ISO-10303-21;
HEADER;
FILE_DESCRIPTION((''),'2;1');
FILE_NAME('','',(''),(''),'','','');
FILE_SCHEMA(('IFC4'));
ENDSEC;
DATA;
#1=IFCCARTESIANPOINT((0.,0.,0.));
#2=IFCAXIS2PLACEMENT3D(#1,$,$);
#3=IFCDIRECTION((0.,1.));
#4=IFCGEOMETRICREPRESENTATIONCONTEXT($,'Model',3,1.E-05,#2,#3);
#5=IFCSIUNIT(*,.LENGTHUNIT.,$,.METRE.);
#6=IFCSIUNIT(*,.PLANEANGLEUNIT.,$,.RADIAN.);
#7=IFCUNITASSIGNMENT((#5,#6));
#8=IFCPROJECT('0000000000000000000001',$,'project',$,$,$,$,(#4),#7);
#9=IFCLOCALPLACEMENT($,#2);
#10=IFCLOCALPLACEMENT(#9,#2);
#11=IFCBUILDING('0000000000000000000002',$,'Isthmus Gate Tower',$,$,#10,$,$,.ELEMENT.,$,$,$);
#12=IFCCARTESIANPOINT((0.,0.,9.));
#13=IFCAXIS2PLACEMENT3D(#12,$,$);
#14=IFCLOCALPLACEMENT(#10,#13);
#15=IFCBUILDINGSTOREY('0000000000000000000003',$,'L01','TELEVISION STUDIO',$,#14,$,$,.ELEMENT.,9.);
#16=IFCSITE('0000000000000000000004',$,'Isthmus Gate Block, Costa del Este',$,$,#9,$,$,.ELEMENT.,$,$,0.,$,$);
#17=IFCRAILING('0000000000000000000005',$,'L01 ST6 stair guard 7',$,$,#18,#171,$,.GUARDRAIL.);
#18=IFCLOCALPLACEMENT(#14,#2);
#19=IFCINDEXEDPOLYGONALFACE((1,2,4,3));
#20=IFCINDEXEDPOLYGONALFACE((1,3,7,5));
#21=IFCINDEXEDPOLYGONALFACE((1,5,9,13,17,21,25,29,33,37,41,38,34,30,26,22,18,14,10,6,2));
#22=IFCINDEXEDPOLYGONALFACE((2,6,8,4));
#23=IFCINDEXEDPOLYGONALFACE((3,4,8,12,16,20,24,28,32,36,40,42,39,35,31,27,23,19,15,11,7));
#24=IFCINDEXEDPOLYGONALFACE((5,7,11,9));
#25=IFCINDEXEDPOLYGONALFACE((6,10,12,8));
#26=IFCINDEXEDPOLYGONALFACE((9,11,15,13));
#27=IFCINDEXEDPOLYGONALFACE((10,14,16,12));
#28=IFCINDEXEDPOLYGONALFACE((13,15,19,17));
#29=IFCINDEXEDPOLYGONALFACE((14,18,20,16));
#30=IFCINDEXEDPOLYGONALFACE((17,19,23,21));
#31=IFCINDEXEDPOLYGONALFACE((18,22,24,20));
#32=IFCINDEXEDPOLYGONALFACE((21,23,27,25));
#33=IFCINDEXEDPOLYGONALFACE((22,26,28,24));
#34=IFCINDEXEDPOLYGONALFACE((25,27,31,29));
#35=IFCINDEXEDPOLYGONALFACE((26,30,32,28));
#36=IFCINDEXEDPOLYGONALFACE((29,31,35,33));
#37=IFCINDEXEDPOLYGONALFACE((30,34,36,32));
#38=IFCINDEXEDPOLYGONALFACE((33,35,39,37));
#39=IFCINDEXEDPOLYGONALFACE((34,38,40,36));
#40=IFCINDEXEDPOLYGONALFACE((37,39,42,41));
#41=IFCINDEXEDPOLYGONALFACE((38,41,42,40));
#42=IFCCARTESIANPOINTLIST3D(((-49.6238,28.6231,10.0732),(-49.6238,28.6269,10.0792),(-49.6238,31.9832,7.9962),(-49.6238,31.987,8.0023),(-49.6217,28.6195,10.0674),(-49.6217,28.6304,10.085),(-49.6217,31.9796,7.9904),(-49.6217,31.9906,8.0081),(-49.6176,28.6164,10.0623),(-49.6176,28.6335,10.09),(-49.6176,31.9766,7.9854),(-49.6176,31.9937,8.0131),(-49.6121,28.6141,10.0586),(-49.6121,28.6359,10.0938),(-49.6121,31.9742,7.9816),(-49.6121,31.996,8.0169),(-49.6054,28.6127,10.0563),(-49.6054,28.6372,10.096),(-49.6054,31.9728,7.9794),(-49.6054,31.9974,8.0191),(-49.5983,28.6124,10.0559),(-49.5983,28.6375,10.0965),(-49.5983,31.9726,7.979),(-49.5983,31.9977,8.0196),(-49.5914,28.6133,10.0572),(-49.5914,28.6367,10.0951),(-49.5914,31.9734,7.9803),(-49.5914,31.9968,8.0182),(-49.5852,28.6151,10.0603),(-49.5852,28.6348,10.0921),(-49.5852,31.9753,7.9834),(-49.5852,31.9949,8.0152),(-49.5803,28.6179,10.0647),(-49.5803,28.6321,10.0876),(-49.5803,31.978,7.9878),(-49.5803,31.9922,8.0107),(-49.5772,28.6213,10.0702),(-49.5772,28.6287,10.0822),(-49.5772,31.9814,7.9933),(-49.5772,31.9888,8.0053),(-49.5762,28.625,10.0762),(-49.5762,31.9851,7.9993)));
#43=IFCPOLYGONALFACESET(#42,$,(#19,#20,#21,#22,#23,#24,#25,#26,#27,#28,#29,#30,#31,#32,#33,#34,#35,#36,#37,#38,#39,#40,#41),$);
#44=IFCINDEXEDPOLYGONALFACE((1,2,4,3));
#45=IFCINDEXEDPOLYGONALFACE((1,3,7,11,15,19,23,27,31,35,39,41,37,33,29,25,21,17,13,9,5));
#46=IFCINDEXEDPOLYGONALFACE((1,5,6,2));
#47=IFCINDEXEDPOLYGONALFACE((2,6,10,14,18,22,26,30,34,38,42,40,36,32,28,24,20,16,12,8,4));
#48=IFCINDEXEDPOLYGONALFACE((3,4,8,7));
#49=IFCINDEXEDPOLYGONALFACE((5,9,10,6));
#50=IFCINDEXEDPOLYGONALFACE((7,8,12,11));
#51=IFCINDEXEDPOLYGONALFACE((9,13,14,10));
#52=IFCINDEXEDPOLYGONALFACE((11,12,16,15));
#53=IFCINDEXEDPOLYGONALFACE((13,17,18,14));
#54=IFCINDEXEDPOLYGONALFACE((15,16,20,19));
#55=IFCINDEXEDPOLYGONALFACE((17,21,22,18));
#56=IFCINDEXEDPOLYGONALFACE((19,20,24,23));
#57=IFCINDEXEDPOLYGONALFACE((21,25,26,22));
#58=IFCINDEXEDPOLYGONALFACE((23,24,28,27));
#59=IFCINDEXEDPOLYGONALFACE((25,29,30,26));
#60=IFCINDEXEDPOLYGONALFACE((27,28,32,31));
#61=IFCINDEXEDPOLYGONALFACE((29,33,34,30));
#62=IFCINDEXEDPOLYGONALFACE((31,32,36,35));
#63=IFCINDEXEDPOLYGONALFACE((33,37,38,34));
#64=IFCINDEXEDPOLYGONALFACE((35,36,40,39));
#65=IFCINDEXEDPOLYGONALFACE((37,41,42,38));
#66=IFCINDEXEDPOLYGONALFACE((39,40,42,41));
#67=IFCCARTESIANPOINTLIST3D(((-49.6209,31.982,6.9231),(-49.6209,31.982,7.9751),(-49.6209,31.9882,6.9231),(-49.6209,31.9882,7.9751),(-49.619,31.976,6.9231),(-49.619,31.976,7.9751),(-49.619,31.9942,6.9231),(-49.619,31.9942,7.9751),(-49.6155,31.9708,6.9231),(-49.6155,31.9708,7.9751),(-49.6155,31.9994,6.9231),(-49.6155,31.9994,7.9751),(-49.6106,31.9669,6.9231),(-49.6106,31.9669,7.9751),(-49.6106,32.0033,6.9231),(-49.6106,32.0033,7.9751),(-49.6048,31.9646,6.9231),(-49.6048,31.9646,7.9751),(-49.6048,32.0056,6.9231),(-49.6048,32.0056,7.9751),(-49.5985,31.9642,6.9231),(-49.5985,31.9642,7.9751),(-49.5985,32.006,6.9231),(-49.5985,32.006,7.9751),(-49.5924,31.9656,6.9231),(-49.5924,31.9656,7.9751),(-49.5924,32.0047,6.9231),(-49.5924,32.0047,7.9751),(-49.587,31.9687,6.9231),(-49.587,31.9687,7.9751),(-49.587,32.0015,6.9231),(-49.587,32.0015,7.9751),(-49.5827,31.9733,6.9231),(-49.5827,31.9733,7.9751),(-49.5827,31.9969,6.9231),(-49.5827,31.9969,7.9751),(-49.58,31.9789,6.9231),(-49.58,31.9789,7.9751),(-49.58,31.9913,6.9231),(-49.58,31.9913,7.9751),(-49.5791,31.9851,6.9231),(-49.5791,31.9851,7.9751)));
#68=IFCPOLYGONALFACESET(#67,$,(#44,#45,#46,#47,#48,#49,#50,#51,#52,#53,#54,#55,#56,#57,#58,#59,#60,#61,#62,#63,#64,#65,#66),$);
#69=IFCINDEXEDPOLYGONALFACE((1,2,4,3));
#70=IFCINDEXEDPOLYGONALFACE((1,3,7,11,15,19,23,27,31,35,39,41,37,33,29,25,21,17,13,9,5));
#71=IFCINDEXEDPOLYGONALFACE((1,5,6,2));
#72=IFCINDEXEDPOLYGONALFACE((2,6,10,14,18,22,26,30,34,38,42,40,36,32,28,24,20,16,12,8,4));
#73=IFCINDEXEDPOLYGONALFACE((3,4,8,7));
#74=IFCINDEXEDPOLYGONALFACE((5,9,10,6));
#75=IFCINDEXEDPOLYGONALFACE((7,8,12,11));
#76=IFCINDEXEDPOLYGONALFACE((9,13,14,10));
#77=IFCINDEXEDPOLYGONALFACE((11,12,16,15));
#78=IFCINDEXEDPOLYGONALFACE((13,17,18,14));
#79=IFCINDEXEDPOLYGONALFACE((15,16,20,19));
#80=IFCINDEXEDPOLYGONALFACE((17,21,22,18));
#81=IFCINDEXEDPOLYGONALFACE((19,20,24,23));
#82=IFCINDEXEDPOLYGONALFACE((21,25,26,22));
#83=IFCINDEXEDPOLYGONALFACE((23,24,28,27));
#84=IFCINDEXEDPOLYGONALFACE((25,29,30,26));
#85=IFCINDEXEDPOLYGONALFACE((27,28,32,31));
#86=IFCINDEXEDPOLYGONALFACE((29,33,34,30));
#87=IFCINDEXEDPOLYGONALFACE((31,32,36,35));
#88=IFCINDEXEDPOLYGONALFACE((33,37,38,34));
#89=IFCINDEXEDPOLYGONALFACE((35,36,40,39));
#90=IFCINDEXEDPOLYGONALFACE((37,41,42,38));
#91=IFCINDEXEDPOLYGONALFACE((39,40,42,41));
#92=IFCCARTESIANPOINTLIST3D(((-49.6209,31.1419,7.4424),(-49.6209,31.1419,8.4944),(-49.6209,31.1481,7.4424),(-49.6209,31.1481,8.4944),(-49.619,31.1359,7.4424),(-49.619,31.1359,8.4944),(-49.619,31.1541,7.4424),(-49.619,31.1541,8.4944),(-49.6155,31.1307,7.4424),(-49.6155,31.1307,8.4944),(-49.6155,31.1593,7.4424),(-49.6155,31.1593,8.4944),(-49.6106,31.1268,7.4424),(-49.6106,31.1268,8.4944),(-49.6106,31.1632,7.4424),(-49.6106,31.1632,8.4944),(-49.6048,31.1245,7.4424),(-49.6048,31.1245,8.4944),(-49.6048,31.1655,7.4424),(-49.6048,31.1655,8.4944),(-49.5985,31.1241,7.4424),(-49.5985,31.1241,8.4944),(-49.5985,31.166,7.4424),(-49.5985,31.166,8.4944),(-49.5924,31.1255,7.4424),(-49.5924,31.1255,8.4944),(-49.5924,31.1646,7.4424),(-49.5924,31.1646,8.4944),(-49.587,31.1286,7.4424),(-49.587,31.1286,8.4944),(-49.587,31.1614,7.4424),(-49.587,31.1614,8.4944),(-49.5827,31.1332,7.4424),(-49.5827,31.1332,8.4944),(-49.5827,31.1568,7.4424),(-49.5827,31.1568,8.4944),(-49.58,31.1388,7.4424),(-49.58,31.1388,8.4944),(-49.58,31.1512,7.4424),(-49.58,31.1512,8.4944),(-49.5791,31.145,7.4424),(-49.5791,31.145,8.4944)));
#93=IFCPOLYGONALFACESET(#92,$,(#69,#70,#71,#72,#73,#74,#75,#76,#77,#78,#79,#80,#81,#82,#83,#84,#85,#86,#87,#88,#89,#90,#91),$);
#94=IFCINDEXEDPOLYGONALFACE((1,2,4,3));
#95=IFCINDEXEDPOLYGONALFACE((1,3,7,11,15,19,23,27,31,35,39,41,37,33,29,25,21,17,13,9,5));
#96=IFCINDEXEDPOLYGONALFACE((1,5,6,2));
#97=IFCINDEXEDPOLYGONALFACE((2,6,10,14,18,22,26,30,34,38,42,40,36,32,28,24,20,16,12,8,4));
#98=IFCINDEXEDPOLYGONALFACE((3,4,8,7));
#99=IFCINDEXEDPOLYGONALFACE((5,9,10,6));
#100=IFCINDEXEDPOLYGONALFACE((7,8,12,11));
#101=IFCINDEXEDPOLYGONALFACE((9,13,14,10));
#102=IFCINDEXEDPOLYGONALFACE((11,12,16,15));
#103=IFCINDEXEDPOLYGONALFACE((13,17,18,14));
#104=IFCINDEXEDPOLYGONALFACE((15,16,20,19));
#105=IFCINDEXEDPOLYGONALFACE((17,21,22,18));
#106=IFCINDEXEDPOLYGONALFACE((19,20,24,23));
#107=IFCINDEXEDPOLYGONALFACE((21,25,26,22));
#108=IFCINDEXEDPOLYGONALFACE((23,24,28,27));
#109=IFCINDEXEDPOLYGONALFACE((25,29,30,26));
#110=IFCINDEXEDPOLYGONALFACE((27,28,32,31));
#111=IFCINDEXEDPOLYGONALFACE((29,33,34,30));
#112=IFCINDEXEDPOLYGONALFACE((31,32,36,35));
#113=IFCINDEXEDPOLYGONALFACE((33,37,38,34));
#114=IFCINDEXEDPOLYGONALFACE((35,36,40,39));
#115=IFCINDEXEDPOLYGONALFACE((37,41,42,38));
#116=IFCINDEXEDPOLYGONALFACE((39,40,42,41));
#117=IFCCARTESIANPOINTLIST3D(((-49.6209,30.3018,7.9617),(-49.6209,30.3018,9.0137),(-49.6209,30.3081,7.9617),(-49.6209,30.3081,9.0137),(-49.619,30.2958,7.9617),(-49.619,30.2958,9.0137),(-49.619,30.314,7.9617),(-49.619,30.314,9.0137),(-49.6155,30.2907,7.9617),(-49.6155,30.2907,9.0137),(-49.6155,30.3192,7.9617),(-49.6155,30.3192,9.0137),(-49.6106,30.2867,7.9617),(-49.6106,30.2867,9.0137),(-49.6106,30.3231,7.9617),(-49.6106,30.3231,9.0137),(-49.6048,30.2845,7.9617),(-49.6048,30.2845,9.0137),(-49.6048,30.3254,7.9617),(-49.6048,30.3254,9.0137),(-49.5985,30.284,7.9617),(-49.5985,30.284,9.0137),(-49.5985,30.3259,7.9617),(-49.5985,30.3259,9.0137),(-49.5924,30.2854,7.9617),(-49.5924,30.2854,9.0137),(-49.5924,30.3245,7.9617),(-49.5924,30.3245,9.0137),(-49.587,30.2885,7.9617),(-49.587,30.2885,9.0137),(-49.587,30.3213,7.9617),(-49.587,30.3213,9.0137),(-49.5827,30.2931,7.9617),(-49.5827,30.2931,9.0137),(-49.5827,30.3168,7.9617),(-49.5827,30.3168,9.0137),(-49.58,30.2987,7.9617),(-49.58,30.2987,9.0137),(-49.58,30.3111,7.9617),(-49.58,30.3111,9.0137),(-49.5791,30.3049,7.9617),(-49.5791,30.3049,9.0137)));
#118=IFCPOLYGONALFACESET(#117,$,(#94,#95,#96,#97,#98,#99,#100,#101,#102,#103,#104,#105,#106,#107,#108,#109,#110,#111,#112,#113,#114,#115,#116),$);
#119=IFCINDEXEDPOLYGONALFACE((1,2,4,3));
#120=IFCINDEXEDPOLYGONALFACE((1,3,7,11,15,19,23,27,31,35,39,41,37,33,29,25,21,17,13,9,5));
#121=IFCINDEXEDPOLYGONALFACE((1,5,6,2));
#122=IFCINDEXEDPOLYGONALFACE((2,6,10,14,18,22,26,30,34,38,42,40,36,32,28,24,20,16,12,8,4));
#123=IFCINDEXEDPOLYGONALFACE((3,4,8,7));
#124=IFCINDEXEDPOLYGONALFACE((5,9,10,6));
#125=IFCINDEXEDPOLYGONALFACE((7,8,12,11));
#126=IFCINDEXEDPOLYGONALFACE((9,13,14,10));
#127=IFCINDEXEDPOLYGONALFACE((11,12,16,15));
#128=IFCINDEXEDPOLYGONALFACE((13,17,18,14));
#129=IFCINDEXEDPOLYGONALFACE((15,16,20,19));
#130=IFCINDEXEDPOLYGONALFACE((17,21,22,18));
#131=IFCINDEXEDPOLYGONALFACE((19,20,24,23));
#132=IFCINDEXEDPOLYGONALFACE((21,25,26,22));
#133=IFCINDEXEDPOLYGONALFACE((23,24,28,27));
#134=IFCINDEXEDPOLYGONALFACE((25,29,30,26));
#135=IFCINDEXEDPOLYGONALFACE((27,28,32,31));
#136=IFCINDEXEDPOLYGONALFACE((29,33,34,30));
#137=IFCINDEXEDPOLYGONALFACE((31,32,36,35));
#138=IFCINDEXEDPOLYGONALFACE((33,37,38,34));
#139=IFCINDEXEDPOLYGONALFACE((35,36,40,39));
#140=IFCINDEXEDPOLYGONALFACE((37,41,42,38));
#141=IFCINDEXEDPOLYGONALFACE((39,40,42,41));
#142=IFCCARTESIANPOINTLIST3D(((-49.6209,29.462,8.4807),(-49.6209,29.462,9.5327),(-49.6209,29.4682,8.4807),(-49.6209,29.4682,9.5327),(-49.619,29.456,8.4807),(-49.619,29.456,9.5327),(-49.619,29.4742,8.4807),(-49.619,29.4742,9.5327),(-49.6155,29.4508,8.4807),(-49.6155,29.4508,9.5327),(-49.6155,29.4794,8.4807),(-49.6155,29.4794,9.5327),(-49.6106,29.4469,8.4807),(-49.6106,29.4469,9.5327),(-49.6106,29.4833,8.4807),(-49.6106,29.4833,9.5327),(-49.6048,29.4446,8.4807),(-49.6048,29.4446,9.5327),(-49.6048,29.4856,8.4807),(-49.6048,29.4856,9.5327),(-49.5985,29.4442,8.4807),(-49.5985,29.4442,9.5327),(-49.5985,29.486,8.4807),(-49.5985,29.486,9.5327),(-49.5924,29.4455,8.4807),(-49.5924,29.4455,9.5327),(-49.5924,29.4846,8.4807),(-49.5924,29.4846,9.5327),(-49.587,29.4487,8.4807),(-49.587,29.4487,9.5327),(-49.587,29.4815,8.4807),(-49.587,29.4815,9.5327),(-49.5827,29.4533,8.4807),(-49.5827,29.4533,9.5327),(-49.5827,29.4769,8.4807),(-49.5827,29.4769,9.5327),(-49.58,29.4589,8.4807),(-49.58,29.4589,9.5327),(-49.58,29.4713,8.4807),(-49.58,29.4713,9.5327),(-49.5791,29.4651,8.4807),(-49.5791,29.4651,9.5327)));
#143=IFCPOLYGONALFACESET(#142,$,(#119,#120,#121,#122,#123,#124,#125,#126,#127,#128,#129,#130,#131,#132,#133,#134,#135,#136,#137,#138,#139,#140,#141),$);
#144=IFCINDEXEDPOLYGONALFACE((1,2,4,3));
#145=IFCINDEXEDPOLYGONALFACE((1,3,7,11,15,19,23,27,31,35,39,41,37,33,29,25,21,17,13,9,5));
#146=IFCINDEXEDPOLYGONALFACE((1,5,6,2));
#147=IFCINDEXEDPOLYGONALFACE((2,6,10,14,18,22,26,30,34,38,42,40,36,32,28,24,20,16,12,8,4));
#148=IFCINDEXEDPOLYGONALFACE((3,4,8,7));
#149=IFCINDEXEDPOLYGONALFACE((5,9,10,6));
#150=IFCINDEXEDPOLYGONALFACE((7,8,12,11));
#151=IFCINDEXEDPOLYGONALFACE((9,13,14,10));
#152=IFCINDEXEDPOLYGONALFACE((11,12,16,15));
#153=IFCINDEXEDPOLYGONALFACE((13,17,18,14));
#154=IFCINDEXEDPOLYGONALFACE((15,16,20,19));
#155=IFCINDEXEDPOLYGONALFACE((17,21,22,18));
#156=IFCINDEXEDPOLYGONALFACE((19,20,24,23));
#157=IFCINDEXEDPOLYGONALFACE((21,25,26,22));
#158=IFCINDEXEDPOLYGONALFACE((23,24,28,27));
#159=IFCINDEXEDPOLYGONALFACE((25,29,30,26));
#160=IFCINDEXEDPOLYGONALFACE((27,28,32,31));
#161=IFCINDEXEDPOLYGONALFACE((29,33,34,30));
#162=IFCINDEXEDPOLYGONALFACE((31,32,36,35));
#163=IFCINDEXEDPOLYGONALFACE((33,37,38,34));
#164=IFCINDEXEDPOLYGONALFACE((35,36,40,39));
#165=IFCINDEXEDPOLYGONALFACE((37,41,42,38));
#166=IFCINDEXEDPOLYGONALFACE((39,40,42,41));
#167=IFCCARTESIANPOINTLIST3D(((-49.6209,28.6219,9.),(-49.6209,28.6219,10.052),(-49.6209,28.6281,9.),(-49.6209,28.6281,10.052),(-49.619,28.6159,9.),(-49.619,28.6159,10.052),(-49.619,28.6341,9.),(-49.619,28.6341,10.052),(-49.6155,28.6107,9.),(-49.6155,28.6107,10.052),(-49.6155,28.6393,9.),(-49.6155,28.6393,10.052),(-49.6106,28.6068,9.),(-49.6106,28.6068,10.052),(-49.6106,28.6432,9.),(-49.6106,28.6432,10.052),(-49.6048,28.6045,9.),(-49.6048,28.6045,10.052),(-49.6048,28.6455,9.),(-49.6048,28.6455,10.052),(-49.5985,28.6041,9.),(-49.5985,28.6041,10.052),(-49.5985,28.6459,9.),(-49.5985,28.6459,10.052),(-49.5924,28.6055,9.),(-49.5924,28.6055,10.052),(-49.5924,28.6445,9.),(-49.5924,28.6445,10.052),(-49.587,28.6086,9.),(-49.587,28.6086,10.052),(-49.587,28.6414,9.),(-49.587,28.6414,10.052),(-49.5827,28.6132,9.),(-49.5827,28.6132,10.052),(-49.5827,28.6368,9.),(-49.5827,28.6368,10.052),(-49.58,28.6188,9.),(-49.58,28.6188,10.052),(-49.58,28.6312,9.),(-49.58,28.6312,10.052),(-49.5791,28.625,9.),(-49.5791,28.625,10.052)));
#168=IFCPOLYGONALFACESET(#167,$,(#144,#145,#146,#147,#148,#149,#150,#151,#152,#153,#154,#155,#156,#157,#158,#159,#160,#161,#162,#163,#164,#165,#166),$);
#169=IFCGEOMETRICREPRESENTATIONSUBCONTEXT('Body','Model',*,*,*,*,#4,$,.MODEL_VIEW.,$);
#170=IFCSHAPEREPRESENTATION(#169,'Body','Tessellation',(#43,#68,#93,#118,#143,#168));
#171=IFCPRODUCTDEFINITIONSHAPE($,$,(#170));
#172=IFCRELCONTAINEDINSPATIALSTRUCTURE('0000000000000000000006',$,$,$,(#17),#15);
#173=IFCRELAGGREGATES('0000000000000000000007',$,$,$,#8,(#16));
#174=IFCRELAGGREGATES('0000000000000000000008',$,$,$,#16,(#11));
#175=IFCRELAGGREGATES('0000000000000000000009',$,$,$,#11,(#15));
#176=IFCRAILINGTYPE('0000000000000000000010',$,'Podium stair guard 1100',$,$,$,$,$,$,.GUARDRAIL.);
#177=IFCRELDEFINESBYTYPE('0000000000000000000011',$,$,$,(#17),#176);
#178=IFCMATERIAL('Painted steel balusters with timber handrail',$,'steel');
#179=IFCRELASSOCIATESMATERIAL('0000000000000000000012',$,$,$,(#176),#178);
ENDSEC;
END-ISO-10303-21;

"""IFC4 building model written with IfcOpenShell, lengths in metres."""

from ifc_helpers import new_model, si_unit, direction, frame, origin, origin_2d, place, context, subcontext, project, spatial, circle, extrude, material, type_object, element, save


model = new_model("IFC4")

# Units and contexts
model_context = context("Model", 3, precision=1e-05, world=origin(), true_north=direction((0.0, 1.0)))
body_context = subcontext(model_context, "Body", "Model", "MODEL_VIEW")
ifc_project = project(units=[si_unit("LENGTHUNIT", "METRE"), si_unit("PLANEANGLEUNIT", "RADIAN")], contexts=[model_context])

# Site, building, storey
site_placement = place(None, origin())
site = spatial("IfcSite", under=ifc_project, at=site_placement, Name="Isthmus Gate Block, Costa del Este", CompositionType="ELEMENT", RefElevation=0.0)
building_placement = place(site_placement, origin())
building = spatial("IfcBuilding", under=site, at=building_placement, Name="Isthmus Gate Tower", CompositionType="ELEMENT")
storey_placement = place(building_placement, frame((0.0, 0.0, 9.0)))
storey = spatial("IfcBuildingStorey", under=building, at=storey_placement, Name="L01", Description="TELEVISION STUDIO", CompositionType="ELEMENT", Elevation=9.0)

# Railing
ifc_material_1 = material(Name="Painted steel balusters with timber handrail", Category="steel")
railing_type_1 = type_object("IfcRailingType", Name="Podium stair guard 1100", PredefinedType="GUARDRAIL", material=ifc_material_1)
railing_1_placement = place(storey_placement, frame((-49.6001, 31.9851, 6.9231)))
element("IfcRailing", 1, at=railing_1_placement, inside=storey, type_object=railing_type_1, Name="L01 ST6 stair guard 7", PredefinedType="GUARDRAIL", context=body_context, shape_type="SweptSolid", body=[
    extrude(circle(Radius=0.0239, at=origin_2d()), frame((0.0, 0.0, 1.0762), z_axis=(0.0, -0.850623, 0.525776), x_axis=(1.0, 0.0, 0.0)), (0.0, 0.0, 1.0), 3.9502),
    extrude(circle(Radius=0.021, at=origin_2d()), origin(), (0.0, 0.0, 1.0), 1.052),
    extrude(circle(Radius=0.021, at=origin_2d()), frame((0.0, -0.8401, 0.5193)), (0.0, 0.0, 1.0), 1.052),
    extrude(circle(Radius=0.021, at=origin_2d()), frame((0.0, -1.6802, 1.0386)), (0.0, 0.0, 1.0), 1.052),
    extrude(circle(Radius=0.021, at=origin_2d()), frame((0.0, -2.52, 1.5576)), (0.0, 0.0, 1.0), 1.052),
    extrude(circle(Radius=0.021, at=origin_2d()), frame((0.0, -3.3601, 2.0769)), (0.0, 0.0, 1.0), 1.052),
])

save(model, "model.ifc")
